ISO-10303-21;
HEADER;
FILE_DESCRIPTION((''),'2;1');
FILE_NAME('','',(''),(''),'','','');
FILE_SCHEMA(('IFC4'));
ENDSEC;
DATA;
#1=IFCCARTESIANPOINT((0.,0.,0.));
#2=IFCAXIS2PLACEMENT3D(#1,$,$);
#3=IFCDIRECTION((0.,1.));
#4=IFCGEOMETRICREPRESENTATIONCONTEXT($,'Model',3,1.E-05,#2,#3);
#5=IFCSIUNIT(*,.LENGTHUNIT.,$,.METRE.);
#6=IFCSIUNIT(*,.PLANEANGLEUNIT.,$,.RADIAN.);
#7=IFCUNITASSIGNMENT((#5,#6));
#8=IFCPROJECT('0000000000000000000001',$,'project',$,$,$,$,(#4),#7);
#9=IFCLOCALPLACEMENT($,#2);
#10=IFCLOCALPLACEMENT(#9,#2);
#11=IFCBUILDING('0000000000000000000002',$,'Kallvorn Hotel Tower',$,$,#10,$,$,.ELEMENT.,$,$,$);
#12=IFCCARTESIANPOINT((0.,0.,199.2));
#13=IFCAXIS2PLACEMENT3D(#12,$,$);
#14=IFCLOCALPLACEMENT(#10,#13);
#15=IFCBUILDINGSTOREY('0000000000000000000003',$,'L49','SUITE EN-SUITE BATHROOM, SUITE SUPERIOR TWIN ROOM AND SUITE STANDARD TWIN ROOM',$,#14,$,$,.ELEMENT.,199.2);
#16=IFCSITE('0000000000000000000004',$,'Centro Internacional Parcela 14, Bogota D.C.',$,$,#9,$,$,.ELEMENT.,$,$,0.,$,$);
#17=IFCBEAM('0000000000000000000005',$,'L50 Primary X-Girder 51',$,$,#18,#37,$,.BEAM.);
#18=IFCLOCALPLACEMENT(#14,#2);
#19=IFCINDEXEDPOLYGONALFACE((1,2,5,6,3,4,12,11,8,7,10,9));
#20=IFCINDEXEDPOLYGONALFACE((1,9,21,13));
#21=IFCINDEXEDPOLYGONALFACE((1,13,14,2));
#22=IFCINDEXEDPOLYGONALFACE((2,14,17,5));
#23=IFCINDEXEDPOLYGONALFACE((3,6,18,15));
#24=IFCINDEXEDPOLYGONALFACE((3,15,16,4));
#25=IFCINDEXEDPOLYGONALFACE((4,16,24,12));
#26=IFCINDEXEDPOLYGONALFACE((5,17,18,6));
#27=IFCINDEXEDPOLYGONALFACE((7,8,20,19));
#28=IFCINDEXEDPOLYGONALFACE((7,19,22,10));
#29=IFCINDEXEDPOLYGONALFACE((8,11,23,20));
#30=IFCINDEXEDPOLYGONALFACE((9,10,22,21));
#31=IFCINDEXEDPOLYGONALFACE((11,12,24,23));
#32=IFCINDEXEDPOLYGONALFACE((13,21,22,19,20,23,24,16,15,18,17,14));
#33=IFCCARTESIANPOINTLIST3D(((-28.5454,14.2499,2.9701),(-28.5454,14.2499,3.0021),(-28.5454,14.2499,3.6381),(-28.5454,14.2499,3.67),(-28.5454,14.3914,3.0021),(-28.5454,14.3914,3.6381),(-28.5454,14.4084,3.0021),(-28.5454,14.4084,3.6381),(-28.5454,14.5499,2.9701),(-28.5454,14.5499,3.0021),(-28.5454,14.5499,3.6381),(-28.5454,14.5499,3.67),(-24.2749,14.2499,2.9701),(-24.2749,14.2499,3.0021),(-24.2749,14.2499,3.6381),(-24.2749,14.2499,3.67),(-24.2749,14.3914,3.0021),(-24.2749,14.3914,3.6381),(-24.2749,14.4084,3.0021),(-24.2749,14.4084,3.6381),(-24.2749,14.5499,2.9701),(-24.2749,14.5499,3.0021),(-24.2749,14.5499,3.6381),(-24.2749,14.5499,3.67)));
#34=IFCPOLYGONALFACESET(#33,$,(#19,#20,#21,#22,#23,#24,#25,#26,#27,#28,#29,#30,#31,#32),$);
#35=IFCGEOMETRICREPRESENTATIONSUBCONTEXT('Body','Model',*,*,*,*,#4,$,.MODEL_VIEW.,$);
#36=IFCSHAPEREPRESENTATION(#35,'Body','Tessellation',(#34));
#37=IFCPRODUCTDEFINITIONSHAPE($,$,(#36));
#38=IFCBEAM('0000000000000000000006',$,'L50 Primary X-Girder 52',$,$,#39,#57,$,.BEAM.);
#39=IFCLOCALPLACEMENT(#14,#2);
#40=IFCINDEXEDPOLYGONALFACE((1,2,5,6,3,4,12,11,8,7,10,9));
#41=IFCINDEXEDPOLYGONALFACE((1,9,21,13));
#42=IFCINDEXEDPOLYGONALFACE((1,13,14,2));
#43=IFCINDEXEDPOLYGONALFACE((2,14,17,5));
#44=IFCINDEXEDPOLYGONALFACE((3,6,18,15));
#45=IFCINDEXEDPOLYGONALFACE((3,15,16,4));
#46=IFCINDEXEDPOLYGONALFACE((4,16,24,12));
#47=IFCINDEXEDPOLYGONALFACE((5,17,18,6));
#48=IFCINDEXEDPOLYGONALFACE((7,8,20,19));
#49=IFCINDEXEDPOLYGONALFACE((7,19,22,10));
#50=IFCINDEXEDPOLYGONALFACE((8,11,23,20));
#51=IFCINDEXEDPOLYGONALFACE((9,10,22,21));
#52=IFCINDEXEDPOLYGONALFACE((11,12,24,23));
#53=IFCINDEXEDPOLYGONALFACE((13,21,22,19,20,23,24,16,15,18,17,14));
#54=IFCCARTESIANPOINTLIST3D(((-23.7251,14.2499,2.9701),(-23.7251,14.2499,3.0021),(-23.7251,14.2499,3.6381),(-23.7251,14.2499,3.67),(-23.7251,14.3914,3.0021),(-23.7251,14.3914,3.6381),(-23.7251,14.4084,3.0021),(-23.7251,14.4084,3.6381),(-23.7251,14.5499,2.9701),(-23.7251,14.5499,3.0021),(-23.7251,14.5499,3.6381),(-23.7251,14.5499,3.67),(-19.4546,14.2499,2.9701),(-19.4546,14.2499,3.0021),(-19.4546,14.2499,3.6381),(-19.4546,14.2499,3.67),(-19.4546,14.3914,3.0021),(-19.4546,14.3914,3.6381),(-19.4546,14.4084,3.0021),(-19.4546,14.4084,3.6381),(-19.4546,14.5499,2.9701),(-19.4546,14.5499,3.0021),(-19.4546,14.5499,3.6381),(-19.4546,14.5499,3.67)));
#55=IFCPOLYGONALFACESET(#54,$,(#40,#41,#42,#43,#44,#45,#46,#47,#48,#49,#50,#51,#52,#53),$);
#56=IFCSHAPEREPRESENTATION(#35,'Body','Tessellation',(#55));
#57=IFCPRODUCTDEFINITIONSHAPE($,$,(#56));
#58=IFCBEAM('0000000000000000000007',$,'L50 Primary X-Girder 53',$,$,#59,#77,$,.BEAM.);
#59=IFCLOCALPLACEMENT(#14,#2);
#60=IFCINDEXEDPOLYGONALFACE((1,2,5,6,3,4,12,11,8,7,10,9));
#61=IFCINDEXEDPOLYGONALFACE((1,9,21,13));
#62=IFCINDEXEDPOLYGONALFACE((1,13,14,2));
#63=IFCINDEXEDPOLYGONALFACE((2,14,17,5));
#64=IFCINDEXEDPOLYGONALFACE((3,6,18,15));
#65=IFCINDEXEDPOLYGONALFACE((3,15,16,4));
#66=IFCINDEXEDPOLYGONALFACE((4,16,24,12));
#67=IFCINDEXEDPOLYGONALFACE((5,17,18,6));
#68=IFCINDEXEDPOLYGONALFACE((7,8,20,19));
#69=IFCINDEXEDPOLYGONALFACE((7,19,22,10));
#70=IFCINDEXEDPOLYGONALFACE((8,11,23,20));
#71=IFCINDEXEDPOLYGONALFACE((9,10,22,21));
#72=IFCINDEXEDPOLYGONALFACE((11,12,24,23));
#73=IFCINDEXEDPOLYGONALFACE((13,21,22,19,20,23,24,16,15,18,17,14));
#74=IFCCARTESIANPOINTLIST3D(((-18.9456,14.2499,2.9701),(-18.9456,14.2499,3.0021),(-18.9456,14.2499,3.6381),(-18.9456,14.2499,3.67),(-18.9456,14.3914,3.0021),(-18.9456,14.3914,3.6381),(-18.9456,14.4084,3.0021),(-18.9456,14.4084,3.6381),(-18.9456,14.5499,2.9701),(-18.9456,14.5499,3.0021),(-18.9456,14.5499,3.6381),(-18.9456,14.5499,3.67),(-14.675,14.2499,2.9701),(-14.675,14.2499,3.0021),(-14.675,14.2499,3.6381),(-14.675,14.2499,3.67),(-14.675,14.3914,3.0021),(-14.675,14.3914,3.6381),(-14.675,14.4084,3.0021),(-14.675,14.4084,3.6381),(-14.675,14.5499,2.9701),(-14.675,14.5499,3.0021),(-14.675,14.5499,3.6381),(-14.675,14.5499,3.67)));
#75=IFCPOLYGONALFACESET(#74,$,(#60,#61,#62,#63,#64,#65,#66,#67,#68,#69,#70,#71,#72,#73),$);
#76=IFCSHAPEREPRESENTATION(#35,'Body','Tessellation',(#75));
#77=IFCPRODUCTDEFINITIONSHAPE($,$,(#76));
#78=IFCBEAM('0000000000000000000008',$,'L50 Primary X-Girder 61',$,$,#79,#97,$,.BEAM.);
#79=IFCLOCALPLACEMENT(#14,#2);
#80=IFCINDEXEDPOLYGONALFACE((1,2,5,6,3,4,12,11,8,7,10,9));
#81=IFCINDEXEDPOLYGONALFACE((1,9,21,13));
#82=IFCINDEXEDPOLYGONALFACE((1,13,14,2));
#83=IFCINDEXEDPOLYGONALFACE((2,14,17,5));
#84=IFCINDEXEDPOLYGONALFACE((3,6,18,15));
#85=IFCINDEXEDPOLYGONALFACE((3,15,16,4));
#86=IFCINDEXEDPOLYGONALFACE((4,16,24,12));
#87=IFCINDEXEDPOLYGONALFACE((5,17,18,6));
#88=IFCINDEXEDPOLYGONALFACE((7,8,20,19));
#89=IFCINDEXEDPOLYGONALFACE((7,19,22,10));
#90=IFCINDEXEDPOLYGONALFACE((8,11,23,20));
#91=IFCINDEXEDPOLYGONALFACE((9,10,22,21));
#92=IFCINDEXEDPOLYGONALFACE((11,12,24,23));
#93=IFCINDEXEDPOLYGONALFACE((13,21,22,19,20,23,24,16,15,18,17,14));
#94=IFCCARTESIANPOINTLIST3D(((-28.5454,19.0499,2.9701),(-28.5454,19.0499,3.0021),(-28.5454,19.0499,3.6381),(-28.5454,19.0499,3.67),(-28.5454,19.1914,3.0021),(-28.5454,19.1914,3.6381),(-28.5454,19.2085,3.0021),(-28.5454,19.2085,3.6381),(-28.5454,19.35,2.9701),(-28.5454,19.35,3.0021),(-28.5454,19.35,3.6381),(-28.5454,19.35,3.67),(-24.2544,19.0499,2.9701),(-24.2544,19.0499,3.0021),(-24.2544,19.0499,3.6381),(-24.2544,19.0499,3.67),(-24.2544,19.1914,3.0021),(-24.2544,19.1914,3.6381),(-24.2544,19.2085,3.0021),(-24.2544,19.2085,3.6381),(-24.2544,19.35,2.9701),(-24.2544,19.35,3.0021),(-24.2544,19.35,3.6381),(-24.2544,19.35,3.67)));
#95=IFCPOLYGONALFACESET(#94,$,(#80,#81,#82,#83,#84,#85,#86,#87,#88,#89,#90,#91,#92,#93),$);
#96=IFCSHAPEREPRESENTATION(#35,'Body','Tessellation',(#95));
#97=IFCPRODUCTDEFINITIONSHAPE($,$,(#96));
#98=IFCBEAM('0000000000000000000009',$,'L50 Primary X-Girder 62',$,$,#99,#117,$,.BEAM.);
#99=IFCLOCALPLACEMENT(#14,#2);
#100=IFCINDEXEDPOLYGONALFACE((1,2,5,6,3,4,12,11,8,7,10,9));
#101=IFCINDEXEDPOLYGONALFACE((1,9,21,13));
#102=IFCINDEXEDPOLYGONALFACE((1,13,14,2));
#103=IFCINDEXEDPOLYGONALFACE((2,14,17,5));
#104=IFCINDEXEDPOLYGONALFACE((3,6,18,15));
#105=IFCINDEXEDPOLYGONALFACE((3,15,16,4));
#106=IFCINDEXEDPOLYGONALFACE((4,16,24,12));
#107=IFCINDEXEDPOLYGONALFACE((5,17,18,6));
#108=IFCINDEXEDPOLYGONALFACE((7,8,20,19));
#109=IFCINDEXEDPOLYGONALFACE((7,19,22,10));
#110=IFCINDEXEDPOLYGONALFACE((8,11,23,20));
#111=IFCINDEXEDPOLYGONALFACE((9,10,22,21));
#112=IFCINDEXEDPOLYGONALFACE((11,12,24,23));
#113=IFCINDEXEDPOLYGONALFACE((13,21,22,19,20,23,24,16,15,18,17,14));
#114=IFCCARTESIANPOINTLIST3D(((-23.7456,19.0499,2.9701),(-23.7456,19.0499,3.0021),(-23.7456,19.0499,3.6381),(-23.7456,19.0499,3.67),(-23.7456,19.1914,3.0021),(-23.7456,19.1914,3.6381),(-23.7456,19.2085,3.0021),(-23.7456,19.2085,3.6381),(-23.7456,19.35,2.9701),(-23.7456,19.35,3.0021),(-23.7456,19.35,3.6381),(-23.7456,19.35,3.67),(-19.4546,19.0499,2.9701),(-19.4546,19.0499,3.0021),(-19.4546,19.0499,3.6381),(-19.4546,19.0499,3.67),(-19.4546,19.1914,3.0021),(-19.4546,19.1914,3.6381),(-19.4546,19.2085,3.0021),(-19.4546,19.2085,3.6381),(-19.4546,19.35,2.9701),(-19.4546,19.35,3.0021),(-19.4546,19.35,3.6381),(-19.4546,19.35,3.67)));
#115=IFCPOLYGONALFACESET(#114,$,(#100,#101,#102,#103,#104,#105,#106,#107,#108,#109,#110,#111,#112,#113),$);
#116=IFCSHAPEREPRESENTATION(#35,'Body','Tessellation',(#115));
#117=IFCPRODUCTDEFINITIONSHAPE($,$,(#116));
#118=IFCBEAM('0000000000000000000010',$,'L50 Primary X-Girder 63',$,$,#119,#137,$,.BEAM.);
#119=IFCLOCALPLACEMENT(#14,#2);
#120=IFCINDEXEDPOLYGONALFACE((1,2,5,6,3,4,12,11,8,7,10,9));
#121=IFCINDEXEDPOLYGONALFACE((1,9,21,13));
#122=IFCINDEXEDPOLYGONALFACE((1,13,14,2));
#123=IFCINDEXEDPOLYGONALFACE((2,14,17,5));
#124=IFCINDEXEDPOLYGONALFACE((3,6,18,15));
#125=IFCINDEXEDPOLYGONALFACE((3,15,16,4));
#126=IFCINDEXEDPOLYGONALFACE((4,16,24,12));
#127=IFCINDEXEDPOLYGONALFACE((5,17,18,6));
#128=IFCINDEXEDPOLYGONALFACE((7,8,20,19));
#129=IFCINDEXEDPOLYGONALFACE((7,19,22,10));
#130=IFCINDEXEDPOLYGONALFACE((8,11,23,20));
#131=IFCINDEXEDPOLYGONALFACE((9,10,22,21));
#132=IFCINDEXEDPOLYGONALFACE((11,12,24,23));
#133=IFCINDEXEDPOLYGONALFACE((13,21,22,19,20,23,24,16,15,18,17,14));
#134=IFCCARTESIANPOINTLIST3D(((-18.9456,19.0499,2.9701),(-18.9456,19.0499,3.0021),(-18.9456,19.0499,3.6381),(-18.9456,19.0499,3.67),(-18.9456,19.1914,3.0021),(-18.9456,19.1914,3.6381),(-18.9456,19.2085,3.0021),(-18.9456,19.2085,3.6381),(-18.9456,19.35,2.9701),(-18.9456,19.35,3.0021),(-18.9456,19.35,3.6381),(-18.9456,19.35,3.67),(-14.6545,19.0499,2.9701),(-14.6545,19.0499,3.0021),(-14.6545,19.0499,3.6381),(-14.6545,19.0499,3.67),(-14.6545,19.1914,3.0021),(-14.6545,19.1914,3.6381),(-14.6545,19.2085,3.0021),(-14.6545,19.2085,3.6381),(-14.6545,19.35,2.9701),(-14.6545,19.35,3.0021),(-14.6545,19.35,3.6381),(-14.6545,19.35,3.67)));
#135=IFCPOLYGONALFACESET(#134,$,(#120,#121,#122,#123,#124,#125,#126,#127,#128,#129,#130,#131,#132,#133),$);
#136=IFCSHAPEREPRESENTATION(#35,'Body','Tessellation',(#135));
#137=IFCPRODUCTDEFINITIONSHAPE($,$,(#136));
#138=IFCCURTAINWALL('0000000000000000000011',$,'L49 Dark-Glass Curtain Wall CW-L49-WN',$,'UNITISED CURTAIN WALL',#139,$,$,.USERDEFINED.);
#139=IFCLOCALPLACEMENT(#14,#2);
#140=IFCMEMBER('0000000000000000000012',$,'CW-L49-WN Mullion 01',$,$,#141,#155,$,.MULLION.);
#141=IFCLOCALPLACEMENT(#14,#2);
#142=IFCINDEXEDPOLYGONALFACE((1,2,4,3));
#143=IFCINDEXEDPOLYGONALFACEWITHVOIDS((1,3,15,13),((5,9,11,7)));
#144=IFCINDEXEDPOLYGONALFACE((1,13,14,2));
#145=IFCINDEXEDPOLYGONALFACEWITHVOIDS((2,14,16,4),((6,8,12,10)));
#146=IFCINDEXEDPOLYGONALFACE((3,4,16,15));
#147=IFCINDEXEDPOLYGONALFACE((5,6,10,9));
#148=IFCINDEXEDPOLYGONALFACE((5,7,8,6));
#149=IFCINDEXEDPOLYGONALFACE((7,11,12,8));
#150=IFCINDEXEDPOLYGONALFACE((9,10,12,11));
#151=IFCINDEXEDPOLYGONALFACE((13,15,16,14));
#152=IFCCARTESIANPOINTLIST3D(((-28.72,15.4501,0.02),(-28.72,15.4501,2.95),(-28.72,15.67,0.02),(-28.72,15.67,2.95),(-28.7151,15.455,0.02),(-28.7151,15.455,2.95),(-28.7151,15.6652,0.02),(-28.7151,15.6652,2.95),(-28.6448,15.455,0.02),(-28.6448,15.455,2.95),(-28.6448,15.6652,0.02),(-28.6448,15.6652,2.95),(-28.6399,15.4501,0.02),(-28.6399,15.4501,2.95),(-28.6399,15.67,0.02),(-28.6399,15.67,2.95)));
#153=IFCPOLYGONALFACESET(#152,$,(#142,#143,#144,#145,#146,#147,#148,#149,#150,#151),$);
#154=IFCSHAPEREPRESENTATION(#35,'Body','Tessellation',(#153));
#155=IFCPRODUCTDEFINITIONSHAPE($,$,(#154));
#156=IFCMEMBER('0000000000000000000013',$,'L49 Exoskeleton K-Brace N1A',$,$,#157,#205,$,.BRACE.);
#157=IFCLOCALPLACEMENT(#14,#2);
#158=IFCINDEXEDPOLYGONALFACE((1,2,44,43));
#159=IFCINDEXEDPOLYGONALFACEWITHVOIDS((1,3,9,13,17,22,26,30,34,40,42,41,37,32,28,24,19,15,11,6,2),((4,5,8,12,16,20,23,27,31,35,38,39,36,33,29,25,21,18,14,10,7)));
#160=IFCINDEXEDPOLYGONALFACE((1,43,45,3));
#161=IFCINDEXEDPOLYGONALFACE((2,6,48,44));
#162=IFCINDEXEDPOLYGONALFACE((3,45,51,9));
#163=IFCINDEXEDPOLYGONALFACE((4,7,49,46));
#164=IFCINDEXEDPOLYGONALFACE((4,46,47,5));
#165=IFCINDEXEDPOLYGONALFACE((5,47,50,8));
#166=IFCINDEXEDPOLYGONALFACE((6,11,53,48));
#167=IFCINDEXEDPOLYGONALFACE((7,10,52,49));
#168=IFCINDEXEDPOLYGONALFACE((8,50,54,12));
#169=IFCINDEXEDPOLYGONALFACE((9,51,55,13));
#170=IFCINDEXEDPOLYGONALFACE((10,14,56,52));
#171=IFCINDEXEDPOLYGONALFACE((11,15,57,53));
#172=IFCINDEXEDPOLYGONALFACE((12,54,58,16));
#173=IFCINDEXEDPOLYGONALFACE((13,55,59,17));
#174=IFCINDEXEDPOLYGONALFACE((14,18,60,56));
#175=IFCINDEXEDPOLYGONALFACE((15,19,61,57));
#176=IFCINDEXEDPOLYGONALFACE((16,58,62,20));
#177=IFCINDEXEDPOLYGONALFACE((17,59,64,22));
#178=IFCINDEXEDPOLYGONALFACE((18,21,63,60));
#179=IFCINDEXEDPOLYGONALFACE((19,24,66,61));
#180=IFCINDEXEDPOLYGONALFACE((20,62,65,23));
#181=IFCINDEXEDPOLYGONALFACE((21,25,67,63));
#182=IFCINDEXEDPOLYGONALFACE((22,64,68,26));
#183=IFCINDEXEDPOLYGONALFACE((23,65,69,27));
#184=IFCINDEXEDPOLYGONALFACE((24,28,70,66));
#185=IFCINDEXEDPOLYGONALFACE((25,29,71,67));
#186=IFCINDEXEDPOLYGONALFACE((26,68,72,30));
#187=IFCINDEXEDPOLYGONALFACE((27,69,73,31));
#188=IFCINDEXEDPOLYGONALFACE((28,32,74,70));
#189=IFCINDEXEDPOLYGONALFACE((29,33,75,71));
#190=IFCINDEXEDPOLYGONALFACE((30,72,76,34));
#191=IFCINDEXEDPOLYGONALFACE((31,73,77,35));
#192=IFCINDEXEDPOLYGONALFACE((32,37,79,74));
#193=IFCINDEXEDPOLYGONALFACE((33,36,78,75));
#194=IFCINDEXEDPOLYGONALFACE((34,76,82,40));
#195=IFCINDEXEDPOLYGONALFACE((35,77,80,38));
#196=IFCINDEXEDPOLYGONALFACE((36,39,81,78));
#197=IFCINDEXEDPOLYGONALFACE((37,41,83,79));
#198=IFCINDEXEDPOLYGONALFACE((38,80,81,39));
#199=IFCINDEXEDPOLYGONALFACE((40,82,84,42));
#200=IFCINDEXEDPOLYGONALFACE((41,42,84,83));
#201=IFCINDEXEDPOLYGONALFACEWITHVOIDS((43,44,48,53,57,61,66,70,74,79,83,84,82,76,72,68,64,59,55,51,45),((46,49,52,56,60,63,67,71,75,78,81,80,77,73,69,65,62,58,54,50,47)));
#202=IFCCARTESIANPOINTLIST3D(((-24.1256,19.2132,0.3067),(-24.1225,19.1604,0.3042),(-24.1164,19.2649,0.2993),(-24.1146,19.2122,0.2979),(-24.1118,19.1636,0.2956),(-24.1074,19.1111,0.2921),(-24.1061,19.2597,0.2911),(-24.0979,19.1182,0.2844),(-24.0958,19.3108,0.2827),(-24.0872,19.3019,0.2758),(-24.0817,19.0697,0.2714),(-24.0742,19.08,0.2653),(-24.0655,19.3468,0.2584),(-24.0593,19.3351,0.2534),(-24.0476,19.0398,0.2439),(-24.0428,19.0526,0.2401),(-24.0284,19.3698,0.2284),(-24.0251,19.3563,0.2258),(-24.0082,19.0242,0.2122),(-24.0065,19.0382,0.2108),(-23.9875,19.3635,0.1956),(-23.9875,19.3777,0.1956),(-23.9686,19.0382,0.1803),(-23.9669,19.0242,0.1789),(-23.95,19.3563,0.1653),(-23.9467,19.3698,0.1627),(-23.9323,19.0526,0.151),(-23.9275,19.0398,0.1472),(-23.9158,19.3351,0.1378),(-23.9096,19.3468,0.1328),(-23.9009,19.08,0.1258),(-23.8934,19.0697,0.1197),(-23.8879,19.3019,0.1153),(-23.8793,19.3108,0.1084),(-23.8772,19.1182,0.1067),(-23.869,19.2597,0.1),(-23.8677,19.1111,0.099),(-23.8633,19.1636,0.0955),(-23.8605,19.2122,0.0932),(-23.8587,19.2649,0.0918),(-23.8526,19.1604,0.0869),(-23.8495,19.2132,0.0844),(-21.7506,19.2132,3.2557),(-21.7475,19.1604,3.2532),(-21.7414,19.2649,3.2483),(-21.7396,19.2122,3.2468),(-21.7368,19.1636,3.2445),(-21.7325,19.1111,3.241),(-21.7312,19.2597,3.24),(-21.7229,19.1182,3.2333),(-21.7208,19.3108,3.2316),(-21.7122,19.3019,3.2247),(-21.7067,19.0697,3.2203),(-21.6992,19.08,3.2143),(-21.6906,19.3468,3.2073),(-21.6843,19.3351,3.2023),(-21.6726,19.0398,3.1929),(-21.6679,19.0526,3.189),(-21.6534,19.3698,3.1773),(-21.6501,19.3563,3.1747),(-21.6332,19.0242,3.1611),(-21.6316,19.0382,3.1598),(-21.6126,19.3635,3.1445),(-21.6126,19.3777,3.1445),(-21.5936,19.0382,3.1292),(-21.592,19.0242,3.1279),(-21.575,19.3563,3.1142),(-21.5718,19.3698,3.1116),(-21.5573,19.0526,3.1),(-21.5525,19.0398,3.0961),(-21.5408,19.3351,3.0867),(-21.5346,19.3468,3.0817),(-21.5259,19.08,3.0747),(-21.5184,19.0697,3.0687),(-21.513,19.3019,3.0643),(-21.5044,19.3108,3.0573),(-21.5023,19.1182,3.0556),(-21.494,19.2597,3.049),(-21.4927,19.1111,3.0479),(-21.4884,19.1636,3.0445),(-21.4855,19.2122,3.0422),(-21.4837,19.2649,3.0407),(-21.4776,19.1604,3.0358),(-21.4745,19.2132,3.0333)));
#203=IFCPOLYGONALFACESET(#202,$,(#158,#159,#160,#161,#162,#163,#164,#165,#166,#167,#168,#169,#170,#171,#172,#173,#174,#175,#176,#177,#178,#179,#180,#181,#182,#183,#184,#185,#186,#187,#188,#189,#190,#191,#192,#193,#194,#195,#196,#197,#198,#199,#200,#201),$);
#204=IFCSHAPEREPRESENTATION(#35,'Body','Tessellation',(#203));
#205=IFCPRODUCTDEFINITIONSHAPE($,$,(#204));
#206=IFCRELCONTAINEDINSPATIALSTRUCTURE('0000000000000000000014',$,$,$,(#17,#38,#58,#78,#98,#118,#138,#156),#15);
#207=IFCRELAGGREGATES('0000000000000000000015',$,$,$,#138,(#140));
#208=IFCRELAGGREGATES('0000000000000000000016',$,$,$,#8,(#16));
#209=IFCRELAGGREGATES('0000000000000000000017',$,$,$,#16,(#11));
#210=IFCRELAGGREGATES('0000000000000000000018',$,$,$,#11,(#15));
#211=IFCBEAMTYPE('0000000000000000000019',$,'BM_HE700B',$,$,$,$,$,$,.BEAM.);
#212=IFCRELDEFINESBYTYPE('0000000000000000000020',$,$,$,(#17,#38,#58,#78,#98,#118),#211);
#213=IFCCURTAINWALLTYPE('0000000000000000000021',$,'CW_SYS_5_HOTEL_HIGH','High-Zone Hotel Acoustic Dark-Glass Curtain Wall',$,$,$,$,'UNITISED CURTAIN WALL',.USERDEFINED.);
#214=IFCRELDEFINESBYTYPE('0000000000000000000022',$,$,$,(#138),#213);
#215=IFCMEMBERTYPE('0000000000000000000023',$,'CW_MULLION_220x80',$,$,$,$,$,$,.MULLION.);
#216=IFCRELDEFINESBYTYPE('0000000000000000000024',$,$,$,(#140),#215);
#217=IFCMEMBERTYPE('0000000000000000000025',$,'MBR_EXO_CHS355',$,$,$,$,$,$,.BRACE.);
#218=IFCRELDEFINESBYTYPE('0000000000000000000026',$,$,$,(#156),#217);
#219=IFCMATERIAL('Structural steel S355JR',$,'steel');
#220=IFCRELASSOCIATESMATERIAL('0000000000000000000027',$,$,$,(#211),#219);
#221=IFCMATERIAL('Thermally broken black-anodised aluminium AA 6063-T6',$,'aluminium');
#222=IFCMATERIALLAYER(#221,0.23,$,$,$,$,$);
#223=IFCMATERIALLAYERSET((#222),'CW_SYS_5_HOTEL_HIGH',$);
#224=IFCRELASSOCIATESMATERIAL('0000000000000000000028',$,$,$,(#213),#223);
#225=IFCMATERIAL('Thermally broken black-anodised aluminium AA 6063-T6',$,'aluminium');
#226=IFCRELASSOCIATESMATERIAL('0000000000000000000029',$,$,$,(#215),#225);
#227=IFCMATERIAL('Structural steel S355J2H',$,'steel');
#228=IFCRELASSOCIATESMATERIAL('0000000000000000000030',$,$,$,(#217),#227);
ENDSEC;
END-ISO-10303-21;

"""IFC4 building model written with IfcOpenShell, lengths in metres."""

from ifc_helpers import new_model, si_unit, direction, frame, origin, origin_2d, place, context, subcontext, project, spatial, hollow_rectangle, hollow_circle, i_section, extrude, material, layer, layer_set, material_profile, profile_set, type_object, element, aggregate, save


model = new_model("IFC4")

# Units and contexts
model_context = context("Model", 3, precision=1e-05, world=origin(), true_north=direction((0.0, 1.0)))
body_context = subcontext(model_context, "Body", "Model", "MODEL_VIEW")
ifc_project = project(units=[si_unit("LENGTHUNIT", "METRE"), si_unit("PLANEANGLEUNIT", "RADIAN")], contexts=[model_context])

# Site, building, storey
site_placement = place(None, origin())
site = spatial("IfcSite", under=ifc_project, at=site_placement, Name="Centro Internacional Parcela 14, Bogota D.C.", CompositionType="ELEMENT", RefElevation=0.0)
building_placement = place(site_placement, origin())
building = spatial("IfcBuilding", under=site, at=building_placement, Name="Kallvorn Hotel Tower", CompositionType="ELEMENT")
storey_placement = place(building_placement, frame((0.0, 0.0, 199.2)))
storey = spatial("IfcBuildingStorey", under=building, at=storey_placement, Name="L49", Description="SUITE EN-SUITE BATHROOM, SUITE SUPERIOR TWIN ROOM AND SUITE STANDARD TWIN ROOM", CompositionType="ELEMENT", Elevation=199.2)

# Beams
ifc_material_1 = material(Name="Structural steel S355JR", Category="steel")
ifc_material_profile_1 = material_profile(ifc_material_1, i_section(OverallWidth=0.3, OverallDepth=0.7, WebThickness=0.0171, FlangeThickness=0.032, at=origin_2d()), Name="HE 700 B")
ifc_profile_set_1 = profile_set([ifc_material_profile_1], Name="Structural steel S355JR")
beam_type_1 = type_object("IfcBeamType", Name="BM_HE700B", PredefinedType="BEAM", material=ifc_profile_set_1)
for number, where, z_axis, x_axis, name in (
    (1, (-28.5454, 14.3999, 3.3201), (1.0, 0.0, 0.0), (0.0, 1.0, 0.0), "L50 Primary X-Girder 51"),
    (2, (-23.7251, 14.3999, 3.3201), (1.0, 0.0, 0.0), (0.0, 1.0, 0.0), "L50 Primary X-Girder 52"),
    (3, (-18.9456, 14.3999, 3.3201), (1.0, 0.0, 0.0), (0.0, 1.0, 0.0), "L50 Primary X-Girder 53"),
):
    element("IfcBeam", number, at=place(storey_placement, frame(where, z_axis=z_axis, x_axis=x_axis)), inside=storey, type_object=beam_type_1, Name=name, PredefinedType="BEAM", context=body_context, shape_type="SweptSolid", body=[
        extrude(i_section(OverallWidth=0.3, OverallDepth=0.7, WebThickness=0.0171, FlangeThickness=0.032, at=origin_2d()), origin(), (0.0, 0.0, 1.0), 4.2705),
    ])
for number, where, z_axis, x_axis, name in (
    (4, (-28.5454, 19.2, 3.3201), (1.0, 0.0, 0.0), (0.0, 1.0, 0.0), "L50 Primary X-Girder 61"),
    (5, (-23.7456, 19.2, 3.3201), (1.0, 0.0, 0.0), (0.0, 1.0, 0.0), "L50 Primary X-Girder 62"),
    (6, (-18.9456, 19.2, 3.3201), (1.0, 0.0, 0.0), (0.0, 1.0, 0.0), "L50 Primary X-Girder 63"),
):
    element("IfcBeam", number, at=place(storey_placement, frame(where, z_axis=z_axis, x_axis=x_axis)), inside=storey, type_object=beam_type_1, Name=name, PredefinedType="BEAM", context=body_context, shape_type="SweptSolid", body=[
        extrude(i_section(OverallWidth=0.3, OverallDepth=0.7, WebThickness=0.0171, FlangeThickness=0.032, at=origin_2d()), origin(), (0.0, 0.0, 1.0), 4.291),
    ])

# Curtain wall, member
ifc_material_2 = material(Name="Thermally broken black-anodised aluminium AA 6063-T6", Category="aluminium")
ifc_layer_1 = layer(ifc_material_2, 0.23)
ifc_layer_set_1 = layer_set([ifc_layer_1], Name="CW_SYS_5_HOTEL_HIGH")
curtain_wall_type = type_object("IfcCurtainWallType", Name="CW_SYS_5_HOTEL_HIGH", Description="High-Zone Hotel Acoustic Dark-Glass Curtain Wall", ElementType="UNITISED CURTAIN WALL", PredefinedType="USERDEFINED", material=ifc_layer_set_1)
curtain_wall_placement = place(storey_placement, origin())
curtain_wall = element("IfcCurtainWall", 7, at=curtain_wall_placement, inside=storey, type_object=curtain_wall_type, Name="L49 Dark-Glass Curtain Wall CW-L49-WN", ObjectType="UNITISED CURTAIN WALL", PredefinedType="USERDEFINED")
ifc_material_3 = material(Name="Thermally broken black-anodised aluminium AA 6063-T6", Category="aluminium")
ifc_material_profile_2 = material_profile(ifc_material_3, hollow_rectangle(XDim=0.0801, YDim=0.22, WallThickness=0.0049, at=origin_2d()), Name="MUL 220x80")
ifc_profile_set_2 = profile_set([ifc_material_profile_2], Name="Thermally broken black-anodised aluminium AA 6063-T6")
member_type_1 = type_object("IfcMemberType", Name="CW_MULLION_220x80", PredefinedType="MULLION", material=ifc_profile_set_2)
member_placement = place(storey_placement, frame((-28.6799, 15.5601, 0.02), z_axis=(0.0, 0.0, 1.0), x_axis=(1.0, 0.0, 0.0)))
member = element("IfcMember", 8, at=member_placement, type_object=member_type_1, Name="CW-L49-WN Mullion 01", PredefinedType="MULLION", context=body_context, shape_type="SweptSolid", body=[
    extrude(hollow_rectangle(XDim=0.0801, YDim=0.22, WallThickness=0.0049, at=origin_2d()), origin(), (0.0, 0.0, 1.0), 2.9299),
])
aggregate(curtain_wall, [member])

# Member
ifc_material_4 = material(Name="Structural steel S355J2H", Category="steel")
ifc_material_profile_3 = material_profile(ifc_material_4, hollow_circle(Radius=0.1777, WallThickness=0.0142, at=origin_2d()), Name="CHS 355.6x14.2")
ifc_profile_set_3 = profile_set([ifc_material_profile_3], Name="Structural steel S355J2H")
member_type_2 = type_object("IfcMemberType", Name="MBR_EXO_CHS355", PredefinedType="BRACE", material=ifc_profile_set_3)
for number, where, z_axis, x_axis, name in (
    (9, (-23.9875, 19.2, 0.1956), (0.627239, 0.0, 0.778827), (0.0, 1.0, 0.0), "L49 Exoskeleton K-Brace N1A"),
):
    element("IfcMember", number, at=place(storey_placement, frame(where, z_axis=z_axis, x_axis=x_axis)), inside=storey, type_object=member_type_2, Name=name, PredefinedType="BRACE", context=body_context, shape_type="SweptSolid", body=[
        extrude(hollow_circle(Radius=0.1777, WallThickness=0.0142, at=origin_2d()), origin(), (0.0, 0.0, 1.0), 3.7864),
    ])

save(model, "model.ifc")
